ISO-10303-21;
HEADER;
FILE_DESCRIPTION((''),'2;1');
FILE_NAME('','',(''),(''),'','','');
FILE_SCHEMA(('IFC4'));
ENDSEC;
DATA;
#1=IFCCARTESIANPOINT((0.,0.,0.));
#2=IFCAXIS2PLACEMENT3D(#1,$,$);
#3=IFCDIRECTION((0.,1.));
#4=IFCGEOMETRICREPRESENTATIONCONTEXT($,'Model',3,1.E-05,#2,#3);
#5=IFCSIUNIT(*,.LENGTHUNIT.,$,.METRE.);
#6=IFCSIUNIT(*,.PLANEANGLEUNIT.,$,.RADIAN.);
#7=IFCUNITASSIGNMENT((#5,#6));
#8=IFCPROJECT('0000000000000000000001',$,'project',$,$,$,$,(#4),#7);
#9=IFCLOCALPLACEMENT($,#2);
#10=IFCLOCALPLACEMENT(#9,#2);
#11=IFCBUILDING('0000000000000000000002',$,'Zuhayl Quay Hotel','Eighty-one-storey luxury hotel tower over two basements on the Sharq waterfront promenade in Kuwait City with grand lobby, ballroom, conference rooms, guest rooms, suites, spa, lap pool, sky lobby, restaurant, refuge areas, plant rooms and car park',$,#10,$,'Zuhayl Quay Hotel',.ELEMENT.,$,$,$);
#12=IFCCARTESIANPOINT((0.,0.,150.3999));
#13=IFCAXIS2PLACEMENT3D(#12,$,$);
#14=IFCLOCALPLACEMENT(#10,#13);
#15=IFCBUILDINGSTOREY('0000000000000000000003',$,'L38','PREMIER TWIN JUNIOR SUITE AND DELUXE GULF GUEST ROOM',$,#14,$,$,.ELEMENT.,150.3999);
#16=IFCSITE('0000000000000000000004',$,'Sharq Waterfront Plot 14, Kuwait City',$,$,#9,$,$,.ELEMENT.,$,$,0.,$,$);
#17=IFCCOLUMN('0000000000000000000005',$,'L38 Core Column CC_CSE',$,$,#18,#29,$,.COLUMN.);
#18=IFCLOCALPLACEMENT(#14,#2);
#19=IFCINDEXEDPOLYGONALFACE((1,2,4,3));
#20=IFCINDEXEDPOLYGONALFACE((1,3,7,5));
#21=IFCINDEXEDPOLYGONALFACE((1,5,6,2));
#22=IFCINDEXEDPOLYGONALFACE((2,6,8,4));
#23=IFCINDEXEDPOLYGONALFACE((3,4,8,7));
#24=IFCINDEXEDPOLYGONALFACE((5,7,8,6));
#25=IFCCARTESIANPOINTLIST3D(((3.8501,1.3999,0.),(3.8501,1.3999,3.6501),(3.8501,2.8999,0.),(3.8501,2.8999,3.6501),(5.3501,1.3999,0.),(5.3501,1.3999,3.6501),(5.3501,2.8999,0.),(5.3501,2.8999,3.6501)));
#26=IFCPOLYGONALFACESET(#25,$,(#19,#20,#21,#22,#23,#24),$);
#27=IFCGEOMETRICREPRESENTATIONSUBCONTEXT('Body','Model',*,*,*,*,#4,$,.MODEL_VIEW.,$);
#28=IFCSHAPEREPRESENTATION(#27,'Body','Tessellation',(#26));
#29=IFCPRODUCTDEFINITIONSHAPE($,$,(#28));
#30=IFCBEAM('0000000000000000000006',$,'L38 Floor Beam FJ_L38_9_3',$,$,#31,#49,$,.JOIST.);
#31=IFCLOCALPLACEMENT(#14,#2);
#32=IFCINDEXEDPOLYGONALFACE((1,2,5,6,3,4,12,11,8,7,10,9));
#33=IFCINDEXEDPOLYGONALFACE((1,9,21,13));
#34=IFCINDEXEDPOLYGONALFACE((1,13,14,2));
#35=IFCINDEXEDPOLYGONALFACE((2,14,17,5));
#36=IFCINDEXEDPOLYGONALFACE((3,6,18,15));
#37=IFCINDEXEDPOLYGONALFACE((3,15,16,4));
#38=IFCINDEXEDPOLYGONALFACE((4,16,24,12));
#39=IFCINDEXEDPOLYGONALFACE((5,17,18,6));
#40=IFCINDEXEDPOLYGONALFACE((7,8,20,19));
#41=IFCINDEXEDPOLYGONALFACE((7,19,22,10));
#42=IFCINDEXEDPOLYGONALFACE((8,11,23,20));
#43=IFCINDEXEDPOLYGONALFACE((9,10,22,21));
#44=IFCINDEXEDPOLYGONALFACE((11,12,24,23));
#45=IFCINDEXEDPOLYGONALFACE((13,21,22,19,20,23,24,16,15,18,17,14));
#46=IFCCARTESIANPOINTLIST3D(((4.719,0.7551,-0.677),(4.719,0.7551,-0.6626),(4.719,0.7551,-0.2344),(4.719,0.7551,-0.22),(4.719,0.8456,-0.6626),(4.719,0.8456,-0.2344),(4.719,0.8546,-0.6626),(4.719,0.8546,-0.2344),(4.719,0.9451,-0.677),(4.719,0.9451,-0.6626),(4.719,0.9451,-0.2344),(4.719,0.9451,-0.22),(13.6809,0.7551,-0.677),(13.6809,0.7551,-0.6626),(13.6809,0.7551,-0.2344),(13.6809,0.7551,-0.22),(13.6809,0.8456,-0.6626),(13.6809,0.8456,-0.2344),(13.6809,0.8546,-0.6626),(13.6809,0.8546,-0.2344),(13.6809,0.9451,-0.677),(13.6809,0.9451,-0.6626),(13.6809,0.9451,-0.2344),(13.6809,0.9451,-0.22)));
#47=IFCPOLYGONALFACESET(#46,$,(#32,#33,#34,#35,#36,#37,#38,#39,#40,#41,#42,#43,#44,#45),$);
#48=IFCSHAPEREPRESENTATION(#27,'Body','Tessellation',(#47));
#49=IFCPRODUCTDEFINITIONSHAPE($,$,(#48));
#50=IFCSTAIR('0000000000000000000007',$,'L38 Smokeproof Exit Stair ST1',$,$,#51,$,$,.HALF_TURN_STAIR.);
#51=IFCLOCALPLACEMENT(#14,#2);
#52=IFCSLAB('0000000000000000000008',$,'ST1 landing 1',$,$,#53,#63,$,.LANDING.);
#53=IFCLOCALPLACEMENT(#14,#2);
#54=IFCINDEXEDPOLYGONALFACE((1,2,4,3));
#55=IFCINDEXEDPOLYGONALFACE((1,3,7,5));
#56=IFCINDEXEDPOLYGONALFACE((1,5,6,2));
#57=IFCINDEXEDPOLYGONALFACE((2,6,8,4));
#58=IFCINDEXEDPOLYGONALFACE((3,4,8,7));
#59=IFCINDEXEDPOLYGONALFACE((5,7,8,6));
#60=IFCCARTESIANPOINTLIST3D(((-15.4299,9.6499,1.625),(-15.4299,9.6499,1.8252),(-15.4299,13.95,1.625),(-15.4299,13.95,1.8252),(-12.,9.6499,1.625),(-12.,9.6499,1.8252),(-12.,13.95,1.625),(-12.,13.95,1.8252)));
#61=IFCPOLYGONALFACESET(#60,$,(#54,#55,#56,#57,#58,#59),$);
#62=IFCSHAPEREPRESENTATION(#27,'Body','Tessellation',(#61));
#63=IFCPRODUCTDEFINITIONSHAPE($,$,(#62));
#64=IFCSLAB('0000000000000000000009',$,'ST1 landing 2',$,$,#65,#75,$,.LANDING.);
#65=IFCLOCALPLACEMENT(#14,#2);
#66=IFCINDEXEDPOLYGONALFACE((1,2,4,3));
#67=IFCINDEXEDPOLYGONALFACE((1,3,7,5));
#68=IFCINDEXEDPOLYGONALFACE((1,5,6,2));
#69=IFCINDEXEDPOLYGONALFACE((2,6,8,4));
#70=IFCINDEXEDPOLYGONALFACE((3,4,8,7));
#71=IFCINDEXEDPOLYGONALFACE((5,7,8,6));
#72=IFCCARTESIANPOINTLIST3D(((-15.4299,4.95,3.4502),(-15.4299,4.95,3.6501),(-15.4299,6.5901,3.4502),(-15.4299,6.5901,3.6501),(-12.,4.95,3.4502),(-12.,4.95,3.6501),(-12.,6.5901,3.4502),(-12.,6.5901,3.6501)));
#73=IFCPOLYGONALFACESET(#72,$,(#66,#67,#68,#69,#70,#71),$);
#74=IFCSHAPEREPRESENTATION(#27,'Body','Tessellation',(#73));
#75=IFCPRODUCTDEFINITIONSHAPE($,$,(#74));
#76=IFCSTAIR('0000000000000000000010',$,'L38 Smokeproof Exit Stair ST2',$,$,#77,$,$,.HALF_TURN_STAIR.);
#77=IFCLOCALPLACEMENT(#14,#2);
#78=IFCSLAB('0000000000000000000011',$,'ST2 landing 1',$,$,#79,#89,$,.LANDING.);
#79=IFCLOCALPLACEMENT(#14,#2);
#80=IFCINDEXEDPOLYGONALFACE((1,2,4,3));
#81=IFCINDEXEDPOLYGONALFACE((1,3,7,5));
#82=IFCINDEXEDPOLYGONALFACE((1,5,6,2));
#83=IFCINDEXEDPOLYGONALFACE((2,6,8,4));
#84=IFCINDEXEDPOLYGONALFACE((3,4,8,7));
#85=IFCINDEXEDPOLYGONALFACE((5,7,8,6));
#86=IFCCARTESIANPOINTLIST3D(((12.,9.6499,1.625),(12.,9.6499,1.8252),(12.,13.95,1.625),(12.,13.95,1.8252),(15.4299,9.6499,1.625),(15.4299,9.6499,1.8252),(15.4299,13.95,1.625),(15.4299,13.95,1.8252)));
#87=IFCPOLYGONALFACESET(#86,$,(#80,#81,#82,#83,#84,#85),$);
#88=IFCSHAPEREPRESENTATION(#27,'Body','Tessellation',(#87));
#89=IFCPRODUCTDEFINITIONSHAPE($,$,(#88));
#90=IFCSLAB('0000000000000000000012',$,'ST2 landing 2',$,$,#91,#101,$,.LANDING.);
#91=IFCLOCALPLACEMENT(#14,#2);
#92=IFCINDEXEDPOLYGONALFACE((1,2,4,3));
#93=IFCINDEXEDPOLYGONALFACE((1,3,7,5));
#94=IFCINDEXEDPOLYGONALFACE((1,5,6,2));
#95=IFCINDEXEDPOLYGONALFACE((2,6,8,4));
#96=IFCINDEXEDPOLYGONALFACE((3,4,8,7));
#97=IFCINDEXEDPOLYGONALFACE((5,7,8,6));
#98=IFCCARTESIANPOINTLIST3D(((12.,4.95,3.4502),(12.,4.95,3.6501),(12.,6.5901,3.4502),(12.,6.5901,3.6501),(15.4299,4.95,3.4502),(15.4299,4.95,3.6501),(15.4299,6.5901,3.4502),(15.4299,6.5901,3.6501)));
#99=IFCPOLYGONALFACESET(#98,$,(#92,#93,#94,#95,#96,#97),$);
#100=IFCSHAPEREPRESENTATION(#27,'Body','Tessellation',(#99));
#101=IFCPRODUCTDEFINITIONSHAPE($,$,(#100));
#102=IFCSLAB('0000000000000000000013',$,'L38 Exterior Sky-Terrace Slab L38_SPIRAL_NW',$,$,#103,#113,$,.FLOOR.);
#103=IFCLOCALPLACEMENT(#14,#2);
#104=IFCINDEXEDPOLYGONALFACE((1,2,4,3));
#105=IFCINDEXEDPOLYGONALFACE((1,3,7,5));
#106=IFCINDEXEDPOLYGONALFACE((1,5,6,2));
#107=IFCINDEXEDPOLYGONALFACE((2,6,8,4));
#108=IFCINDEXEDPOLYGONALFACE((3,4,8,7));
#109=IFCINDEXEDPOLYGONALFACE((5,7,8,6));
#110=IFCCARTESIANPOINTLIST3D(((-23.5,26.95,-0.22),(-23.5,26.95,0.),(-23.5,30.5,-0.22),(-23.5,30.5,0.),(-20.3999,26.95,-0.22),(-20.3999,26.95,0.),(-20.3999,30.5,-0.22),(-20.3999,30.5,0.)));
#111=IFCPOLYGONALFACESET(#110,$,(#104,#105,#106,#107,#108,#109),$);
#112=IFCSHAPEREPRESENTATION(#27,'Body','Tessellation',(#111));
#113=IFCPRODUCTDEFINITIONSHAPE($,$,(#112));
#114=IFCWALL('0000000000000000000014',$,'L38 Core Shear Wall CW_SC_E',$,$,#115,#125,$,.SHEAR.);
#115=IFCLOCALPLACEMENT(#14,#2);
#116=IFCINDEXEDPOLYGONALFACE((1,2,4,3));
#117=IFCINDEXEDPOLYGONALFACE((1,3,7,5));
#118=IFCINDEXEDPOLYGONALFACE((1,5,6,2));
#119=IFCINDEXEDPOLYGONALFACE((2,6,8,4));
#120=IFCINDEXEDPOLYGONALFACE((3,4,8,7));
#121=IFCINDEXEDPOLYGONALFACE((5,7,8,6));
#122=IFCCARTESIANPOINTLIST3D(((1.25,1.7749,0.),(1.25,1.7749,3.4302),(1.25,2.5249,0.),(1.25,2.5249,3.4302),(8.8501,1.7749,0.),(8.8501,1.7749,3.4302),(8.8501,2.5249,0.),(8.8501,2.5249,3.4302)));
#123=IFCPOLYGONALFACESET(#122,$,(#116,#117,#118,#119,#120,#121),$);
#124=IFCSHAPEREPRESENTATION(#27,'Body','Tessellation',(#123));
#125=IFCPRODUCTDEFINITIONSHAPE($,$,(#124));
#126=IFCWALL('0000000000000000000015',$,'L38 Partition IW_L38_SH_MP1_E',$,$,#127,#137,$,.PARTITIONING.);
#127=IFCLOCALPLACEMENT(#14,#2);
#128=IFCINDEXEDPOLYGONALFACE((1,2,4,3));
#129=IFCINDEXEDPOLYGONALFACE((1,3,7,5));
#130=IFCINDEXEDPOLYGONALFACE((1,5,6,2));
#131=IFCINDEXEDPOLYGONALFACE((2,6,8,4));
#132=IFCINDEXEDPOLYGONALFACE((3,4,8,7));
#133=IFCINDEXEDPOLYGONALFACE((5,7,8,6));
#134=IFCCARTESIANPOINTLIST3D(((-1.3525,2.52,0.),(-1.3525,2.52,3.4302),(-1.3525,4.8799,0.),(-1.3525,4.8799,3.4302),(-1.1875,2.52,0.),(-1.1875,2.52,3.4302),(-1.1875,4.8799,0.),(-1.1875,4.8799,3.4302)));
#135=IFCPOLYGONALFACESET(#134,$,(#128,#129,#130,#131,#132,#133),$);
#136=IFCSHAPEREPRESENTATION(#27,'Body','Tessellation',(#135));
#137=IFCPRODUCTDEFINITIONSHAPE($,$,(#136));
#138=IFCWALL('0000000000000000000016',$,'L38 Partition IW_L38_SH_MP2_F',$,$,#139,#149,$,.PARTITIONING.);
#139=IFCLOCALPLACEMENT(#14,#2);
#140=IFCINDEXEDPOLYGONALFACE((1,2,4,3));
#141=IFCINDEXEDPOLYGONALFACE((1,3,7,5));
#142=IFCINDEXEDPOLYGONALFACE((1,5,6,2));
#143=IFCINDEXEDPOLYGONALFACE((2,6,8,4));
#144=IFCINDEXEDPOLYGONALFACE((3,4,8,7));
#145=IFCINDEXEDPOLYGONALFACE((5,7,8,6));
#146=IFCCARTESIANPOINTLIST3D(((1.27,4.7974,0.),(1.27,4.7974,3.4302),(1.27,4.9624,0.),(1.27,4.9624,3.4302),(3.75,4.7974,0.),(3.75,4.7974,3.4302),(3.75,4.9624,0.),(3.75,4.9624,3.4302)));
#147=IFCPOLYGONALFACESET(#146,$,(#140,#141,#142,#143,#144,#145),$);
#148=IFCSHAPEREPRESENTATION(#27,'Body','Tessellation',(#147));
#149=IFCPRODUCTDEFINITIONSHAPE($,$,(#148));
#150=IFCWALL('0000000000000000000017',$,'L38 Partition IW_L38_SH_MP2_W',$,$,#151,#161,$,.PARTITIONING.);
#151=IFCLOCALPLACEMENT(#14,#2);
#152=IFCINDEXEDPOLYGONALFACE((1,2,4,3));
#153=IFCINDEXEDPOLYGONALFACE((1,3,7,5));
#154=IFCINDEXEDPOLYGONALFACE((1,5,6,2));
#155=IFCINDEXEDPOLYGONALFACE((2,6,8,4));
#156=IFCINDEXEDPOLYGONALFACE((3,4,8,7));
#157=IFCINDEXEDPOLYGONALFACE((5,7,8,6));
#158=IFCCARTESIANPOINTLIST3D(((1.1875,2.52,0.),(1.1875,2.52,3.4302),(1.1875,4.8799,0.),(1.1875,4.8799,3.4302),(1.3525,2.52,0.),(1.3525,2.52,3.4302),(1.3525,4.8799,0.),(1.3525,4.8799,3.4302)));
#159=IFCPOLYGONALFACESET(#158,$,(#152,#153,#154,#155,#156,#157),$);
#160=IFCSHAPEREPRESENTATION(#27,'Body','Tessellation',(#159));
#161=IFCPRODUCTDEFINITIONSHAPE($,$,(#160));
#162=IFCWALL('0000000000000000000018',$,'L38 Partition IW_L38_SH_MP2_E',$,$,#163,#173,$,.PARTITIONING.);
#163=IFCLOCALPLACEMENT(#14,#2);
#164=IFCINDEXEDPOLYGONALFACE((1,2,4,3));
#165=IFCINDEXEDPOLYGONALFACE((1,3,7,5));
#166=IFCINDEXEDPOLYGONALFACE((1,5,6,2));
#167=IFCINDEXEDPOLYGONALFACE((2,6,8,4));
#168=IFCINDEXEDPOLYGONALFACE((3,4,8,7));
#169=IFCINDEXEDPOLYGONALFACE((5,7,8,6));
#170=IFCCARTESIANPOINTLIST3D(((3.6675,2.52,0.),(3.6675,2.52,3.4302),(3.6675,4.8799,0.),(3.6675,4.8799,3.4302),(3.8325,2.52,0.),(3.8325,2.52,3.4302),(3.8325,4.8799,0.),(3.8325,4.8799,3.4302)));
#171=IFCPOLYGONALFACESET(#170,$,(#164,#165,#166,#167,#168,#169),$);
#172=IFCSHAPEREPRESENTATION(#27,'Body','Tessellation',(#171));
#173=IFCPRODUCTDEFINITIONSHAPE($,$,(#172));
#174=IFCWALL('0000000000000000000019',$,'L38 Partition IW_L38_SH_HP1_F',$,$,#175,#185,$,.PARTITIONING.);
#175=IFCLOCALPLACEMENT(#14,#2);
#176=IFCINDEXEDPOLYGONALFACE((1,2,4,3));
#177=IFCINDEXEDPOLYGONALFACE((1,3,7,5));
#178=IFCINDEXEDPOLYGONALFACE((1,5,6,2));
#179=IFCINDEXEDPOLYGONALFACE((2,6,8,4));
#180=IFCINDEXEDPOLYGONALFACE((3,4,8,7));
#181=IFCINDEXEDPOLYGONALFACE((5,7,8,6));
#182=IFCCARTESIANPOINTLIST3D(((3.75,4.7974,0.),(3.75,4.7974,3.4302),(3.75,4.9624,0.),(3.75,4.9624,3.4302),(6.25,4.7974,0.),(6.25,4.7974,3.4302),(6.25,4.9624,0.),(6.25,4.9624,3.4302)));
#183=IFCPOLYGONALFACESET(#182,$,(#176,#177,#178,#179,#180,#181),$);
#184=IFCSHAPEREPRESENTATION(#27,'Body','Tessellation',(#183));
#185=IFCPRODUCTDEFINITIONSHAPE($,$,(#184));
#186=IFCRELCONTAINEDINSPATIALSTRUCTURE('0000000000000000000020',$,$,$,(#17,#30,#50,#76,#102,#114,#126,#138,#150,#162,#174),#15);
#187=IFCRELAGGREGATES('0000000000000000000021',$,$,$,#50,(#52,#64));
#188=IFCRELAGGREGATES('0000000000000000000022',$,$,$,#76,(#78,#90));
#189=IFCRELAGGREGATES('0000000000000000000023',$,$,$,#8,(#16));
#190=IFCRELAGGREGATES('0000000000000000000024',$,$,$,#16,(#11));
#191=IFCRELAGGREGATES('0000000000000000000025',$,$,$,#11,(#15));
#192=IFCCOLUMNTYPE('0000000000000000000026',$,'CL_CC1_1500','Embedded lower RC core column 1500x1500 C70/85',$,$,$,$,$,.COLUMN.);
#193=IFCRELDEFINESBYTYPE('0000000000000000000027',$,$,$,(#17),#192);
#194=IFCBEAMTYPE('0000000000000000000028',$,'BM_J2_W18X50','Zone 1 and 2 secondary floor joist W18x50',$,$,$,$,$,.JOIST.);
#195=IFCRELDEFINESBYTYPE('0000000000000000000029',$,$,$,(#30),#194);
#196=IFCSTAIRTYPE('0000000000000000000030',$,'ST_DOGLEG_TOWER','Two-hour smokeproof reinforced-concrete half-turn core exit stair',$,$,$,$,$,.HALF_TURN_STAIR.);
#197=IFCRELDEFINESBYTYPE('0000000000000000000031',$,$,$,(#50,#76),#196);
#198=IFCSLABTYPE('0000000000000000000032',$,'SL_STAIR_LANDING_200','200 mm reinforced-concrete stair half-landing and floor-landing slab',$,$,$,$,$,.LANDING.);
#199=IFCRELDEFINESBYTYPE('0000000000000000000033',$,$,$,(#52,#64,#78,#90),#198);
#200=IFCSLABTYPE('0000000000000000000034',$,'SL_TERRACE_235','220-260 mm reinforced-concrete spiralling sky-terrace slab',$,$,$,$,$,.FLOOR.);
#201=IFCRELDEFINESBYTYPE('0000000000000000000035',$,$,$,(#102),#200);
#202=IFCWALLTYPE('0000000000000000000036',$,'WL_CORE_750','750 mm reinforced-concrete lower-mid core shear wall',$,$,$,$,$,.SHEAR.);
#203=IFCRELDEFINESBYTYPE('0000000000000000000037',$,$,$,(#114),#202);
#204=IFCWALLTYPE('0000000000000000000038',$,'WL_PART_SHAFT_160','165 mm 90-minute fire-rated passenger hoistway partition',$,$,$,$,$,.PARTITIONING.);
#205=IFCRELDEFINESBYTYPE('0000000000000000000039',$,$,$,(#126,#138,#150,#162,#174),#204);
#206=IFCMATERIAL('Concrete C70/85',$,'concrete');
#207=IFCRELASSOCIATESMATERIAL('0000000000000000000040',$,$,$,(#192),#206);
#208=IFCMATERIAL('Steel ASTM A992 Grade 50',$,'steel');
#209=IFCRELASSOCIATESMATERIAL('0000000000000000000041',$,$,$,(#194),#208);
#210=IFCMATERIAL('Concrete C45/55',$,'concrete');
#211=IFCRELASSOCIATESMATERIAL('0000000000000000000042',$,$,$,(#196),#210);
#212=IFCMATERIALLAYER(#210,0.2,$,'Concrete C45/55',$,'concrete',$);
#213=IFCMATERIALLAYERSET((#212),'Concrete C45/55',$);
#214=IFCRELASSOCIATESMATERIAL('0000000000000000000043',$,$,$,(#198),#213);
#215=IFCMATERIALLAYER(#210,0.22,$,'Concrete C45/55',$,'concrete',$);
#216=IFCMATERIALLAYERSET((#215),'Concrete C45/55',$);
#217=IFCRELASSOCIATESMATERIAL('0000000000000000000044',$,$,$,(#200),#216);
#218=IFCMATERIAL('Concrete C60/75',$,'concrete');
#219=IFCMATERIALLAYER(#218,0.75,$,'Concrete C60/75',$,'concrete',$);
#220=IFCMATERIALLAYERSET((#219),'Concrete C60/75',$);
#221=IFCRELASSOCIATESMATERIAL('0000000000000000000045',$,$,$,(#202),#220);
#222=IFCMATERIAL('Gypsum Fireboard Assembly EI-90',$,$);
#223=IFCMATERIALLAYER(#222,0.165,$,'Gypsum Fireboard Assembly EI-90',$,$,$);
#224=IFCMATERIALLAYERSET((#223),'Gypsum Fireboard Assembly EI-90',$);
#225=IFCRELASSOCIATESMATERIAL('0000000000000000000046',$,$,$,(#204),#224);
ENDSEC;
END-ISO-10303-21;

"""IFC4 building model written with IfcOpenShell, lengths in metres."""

from ifc_helpers import new_model, si_unit, direction, frame, frame_2d, origin, origin_2d, place, context, subcontext, project, spatial, polyline, rectangle, i_section, outline, extrude, material, layer, layer_set, material_profile, profile_set, type_object, element, aggregate, save


model = new_model("IFC4")

# Units and contexts
model_context = context("Model", 3, precision=1e-05, world=origin(), true_north=direction((0.0, 1.0)))
body_context = subcontext(model_context, "Body", "Model", "MODEL_VIEW")
ifc_project = project(units=[si_unit("LENGTHUNIT", "METRE"), si_unit("PLANEANGLEUNIT", "RADIAN")], contexts=[model_context])

# Site, building, storey
site_placement = place(None, origin())
site = spatial("IfcSite", under=ifc_project, at=site_placement, Name="Sharq Waterfront Plot 14, Kuwait City", CompositionType="ELEMENT", RefElevation=0.0)
building_placement = place(site_placement, origin())
building = spatial("IfcBuilding", under=site, at=building_placement, Name="Zuhayl Quay Hotel", Description="Eighty-one-storey luxury hotel tower over two basements on the Sharq waterfront promenade in Kuwait City with grand lobby, ballroom, conference rooms, guest rooms, suites, spa, lap pool, sky lobby, restaurant, refuge areas, plant rooms and car park", LongName="Zuhayl Quay Hotel", CompositionType="ELEMENT")
storey_placement = place(building_placement, frame((0.0, 0.0, 150.3999)))
storey = spatial("IfcBuildingStorey", under=building, at=storey_placement, Name="L38", Description="PREMIER TWIN JUNIOR SUITE AND DELUXE GULF GUEST ROOM", CompositionType="ELEMENT", Elevation=150.3999)

# Column
ifc_material_1 = material(Name="Concrete C70/85", Category="concrete")
ifc_material_profile_1 = material_profile(ifc_material_1, rectangle(XDim=1.5, YDim=1.5, at=origin_2d()), Name="RC1500X1500")
ifc_profile_set_1 = profile_set([ifc_material_profile_1], Name="Concrete C70/85")
column_type = type_object("IfcColumnType", Name="CL_CC1_1500", Description="Embedded lower RC core column 1500x1500 C70/85", PredefinedType="COLUMN", material=ifc_profile_set_1)
column_placement = place(storey_placement, frame((4.6001, 2.1499, 0.0), z_axis=(0.0, 0.0, 1.0), x_axis=(1.0, 0.0, 0.0)))
element("IfcColumn", 1, at=column_placement, inside=storey, type_object=column_type, Name="L38 Core Column CC_CSE", PredefinedType="COLUMN", context=body_context, shape_type="SweptSolid", body=[
    extrude(rectangle(XDim=1.5, YDim=1.5, at=origin_2d()), origin(), (0.0, 0.0, 1.0), 3.6501),
])

# Beam
ifc_material_2 = material(Name="Steel ASTM A992 Grade 50", Category="steel")
ifc_material_profile_2 = material_profile(ifc_material_2, i_section(OverallWidth=0.1899, OverallDepth=0.457, WebThickness=0.009, FlangeThickness=0.0144, at=origin_2d()), Name="W18X50")
ifc_profile_set_2 = profile_set([ifc_material_profile_2], Name="Steel ASTM A992 Grade 50")
beam_type = type_object("IfcBeamType", Name="BM_J2_W18X50", Description="Zone 1 and 2 secondary floor joist W18x50", PredefinedType="JOIST", material=ifc_profile_set_2)
beam_placement = place(storey_placement, frame((4.719, 0.8501, -0.4485), z_axis=(1.0, 0.0, 0.0), x_axis=(0.0, 1.0, 0.0)))
element("IfcBeam", 2, at=beam_placement, inside=storey, type_object=beam_type, Name="L38 Floor Beam FJ_L38_9_3", PredefinedType="JOIST", context=body_context, shape_type="SweptSolid", body=[
    extrude(i_section(OverallWidth=0.1899, OverallDepth=0.457, WebThickness=0.009, FlangeThickness=0.0144, at=origin_2d()), origin(), (0.0, 0.0, 1.0), 8.9619),
])

# Stairs, slabs
ifc_material_3 = material(Name="Concrete C45/55", Category="concrete")
stair_type = type_object("IfcStairType", Name="ST_DOGLEG_TOWER", Description="Two-hour smokeproof reinforced-concrete half-turn core exit stair", PredefinedType="HALF_TURN_STAIR", material=ifc_material_3)
stair_1_placement = place(storey_placement, origin())
stair_1 = element("IfcStair", 3, at=stair_1_placement, inside=storey, type_object=stair_type, Name="L38 Smokeproof Exit Stair ST1", PredefinedType="HALF_TURN_STAIR")
ifc_layer_1 = layer(ifc_material_3, 0.2, Name="Concrete C45/55", Category="concrete")
ifc_layer_set_1 = layer_set([ifc_layer_1], Name="Concrete C45/55")
slab_type_1 = type_object("IfcSlabType", Name="SL_STAIR_LANDING_200", Description="200 mm reinforced-concrete stair half-landing and floor-landing slab", PredefinedType="LANDING", material=ifc_layer_set_1)
slab_1_placement = place(storey_placement, frame((0.0, 0.0, 1.625)))
slab_1 = element("IfcSlab", 4, at=slab_1_placement, type_object=slab_type_1, Name="ST1 landing 1", PredefinedType="LANDING", context=body_context, shape_type="SweptSolid", body=[
    extrude(outline(polyline([(-12.0, 9.6499), (-12.0, 13.95), (-15.4299, 13.95), (-15.4299, 9.6499), (-12.0, 9.6499)])), origin(), (0.0, 0.0, 1.0), 0.2002),
])
slab_2_placement = place(storey_placement, frame((0.0, 0.0, 3.4502)))
slab_2 = element("IfcSlab", 5, at=slab_2_placement, type_object=slab_type_1, Name="ST1 landing 2", PredefinedType="LANDING", context=body_context, shape_type="SweptSolid", body=[
    extrude(outline(polyline([(-12.0, 4.95), (-12.0, 6.5901), (-15.4299, 6.5901), (-15.4299, 4.95), (-12.0, 4.95)])), origin(), (0.0, 0.0, 1.0), 0.2),
])
aggregate(stair_1, [slab_1, slab_2])
stair_2_placement = place(storey_placement, origin())
stair_2 = element("IfcStair", 6, at=stair_2_placement, inside=storey, type_object=stair_type, Name="L38 Smokeproof Exit Stair ST2", PredefinedType="HALF_TURN_STAIR")
slab_3_placement = place(storey_placement, frame((0.0, 0.0, 1.625)))
slab_3 = element("IfcSlab", 7, at=slab_3_placement, type_object=slab_type_1, Name="ST2 landing 1", PredefinedType="LANDING", context=body_context, shape_type="SweptSolid", body=[
    extrude(outline(polyline([(15.4299, 9.6499), (15.4299, 13.95), (12.0, 13.95), (12.0, 9.6499), (15.4299, 9.6499)])), origin(), (0.0, 0.0, 1.0), 0.2002),
])
slab_4_placement = place(storey_placement, frame((0.0, 0.0, 3.4502)))
slab_4 = element("IfcSlab", 8, at=slab_4_placement, type_object=slab_type_1, Name="ST2 landing 2", PredefinedType="LANDING", context=body_context, shape_type="SweptSolid", body=[
    extrude(outline(polyline([(15.4299, 4.95), (15.4299, 6.5901), (12.0, 6.5901), (12.0, 4.95), (15.4299, 4.95)])), origin(), (0.0, 0.0, 1.0), 0.2),
])
aggregate(stair_2, [slab_3, slab_4])

# Slab
ifc_layer_2 = layer(ifc_material_3, 0.22, Name="Concrete C45/55", Category="concrete")
ifc_layer_set_2 = layer_set([ifc_layer_2], Name="Concrete C45/55")
slab_type_2 = type_object("IfcSlabType", Name="SL_TERRACE_235", Description="220-260 mm reinforced-concrete spiralling sky-terrace slab", PredefinedType="FLOOR", material=ifc_layer_set_2)
slab_5_placement = place(storey_placement, frame((0.0, 0.0, -0.22)))
element("IfcSlab", 9, at=slab_5_placement, inside=storey, type_object=slab_type_2, Name="L38 Exterior Sky-Terrace Slab L38_SPIRAL_NW", PredefinedType="FLOOR", context=body_context, shape_type="SweptSolid", body=[
    extrude(outline(polyline([(-23.5, 26.95), (-20.3999, 26.95), (-20.3999, 30.5), (-23.5, 30.5), (-23.5, 26.95)])), origin(), (0.0, 0.0, 1.0), 0.22),
])

# Walls
ifc_material_4 = material(Name="Concrete C60/75", Category="concrete")
ifc_layer_3 = layer(ifc_material_4, 0.75, Name="Concrete C60/75", Category="concrete")
ifc_layer_set_3 = layer_set([ifc_layer_3], Name="Concrete C60/75")
wall_type_1 = type_object("IfcWallType", Name="WL_CORE_750", Description="750 mm reinforced-concrete lower-mid core shear wall", PredefinedType="SHEAR", material=ifc_layer_set_3)
wall_1_placement = place(storey_placement, frame((1.25, 2.1499, 0.0), z_axis=(0.0, 0.0, 1.0), x_axis=(1.0, 0.0, 0.0)))
element("IfcWall", 10, at=wall_1_placement, inside=storey, type_object=wall_type_1, Name="L38 Core Shear Wall CW_SC_E", PredefinedType="SHEAR", context=body_context, shape_type="SweptSolid", body=[
    extrude(rectangle(XDim=7.6001, YDim=0.75, at=frame_2d((3.8, 0.0))), origin(), (0.0, 0.0, 1.0), 3.4302),
])
ifc_material_5 = material(Name="Gypsum Fireboard Assembly EI-90")
ifc_layer_4 = layer(ifc_material_5, 0.165, Name="Gypsum Fireboard Assembly EI-90")
ifc_layer_set_4 = layer_set([ifc_layer_4], Name="Gypsum Fireboard Assembly EI-90")
wall_type_2 = type_object("IfcWallType", Name="WL_PART_SHAFT_160", Description="165 mm 90-minute fire-rated passenger hoistway partition", PredefinedType="PARTITIONING", material=ifc_layer_set_4)
wall_2_placement = place(storey_placement, frame((-1.27, 2.52, 0.0), z_axis=(0.0, 0.0, 1.0), x_axis=(0.0, 1.0, 0.0)))
element("IfcWall", 11, at=wall_2_placement, inside=storey, type_object=wall_type_2, Name="L38 Partition IW_L38_SH_MP1_E", PredefinedType="PARTITIONING", context=body_context, shape_type="SweptSolid", body=[
    extrude(rectangle(XDim=2.3599, YDim=0.165, at=frame_2d((1.1799, 0.0))), origin(), (0.0, 0.0, 1.0), 3.4302),
])
wall_3_placement = place(storey_placement, frame((1.27, 4.8799, 0.0), z_axis=(0.0, 0.0, 1.0), x_axis=(1.0, 0.0, 0.0)))
element("IfcWall", 12, at=wall_3_placement, inside=storey, type_object=wall_type_2, Name="L38 Partition IW_L38_SH_MP2_F", PredefinedType="PARTITIONING", context=body_context, shape_type="SweptSolid", body=[
    extrude(rectangle(XDim=2.48, YDim=0.165, at=frame_2d((1.24, 0.0))), origin(), (0.0, 0.0, 1.0), 3.4302),
])
for number, where, z_axis, x_axis, name in (
    (13, (1.27, 2.52, 0.0), (0.0, 0.0, 1.0), (0.0, 1.0, 0.0), "L38 Partition IW_L38_SH_MP2_W"),
    (14, (3.75, 2.52, 0.0), (0.0, 0.0, 1.0), (0.0, 1.0, 0.0), "L38 Partition IW_L38_SH_MP2_E"),
):
    element("IfcWall", number, at=place(storey_placement, frame(where, z_axis=z_axis, x_axis=x_axis)), inside=storey, type_object=wall_type_2, Name=name, PredefinedType="PARTITIONING", context=body_context, shape_type="SweptSolid", body=[
        extrude(rectangle(XDim=2.3599, YDim=0.165, at=frame_2d((1.1799, 0.0))), origin(), (0.0, 0.0, 1.0), 3.4302),
    ])
wall_4_placement = place(storey_placement, frame((3.75, 4.8799, 0.0), z_axis=(0.0, 0.0, 1.0), x_axis=(1.0, 0.0, 0.0)))
element("IfcWall", 15, at=wall_4_placement, inside=storey, type_object=wall_type_2, Name="L38 Partition IW_L38_SH_HP1_F", PredefinedType="PARTITIONING", context=body_context, shape_type="SweptSolid", body=[
    extrude(rectangle(XDim=2.5, YDim=0.165, at=frame_2d((1.25, 0.0))), origin(), (0.0, 0.0, 1.0), 3.4302),
])

save(model, "model.ifc")
